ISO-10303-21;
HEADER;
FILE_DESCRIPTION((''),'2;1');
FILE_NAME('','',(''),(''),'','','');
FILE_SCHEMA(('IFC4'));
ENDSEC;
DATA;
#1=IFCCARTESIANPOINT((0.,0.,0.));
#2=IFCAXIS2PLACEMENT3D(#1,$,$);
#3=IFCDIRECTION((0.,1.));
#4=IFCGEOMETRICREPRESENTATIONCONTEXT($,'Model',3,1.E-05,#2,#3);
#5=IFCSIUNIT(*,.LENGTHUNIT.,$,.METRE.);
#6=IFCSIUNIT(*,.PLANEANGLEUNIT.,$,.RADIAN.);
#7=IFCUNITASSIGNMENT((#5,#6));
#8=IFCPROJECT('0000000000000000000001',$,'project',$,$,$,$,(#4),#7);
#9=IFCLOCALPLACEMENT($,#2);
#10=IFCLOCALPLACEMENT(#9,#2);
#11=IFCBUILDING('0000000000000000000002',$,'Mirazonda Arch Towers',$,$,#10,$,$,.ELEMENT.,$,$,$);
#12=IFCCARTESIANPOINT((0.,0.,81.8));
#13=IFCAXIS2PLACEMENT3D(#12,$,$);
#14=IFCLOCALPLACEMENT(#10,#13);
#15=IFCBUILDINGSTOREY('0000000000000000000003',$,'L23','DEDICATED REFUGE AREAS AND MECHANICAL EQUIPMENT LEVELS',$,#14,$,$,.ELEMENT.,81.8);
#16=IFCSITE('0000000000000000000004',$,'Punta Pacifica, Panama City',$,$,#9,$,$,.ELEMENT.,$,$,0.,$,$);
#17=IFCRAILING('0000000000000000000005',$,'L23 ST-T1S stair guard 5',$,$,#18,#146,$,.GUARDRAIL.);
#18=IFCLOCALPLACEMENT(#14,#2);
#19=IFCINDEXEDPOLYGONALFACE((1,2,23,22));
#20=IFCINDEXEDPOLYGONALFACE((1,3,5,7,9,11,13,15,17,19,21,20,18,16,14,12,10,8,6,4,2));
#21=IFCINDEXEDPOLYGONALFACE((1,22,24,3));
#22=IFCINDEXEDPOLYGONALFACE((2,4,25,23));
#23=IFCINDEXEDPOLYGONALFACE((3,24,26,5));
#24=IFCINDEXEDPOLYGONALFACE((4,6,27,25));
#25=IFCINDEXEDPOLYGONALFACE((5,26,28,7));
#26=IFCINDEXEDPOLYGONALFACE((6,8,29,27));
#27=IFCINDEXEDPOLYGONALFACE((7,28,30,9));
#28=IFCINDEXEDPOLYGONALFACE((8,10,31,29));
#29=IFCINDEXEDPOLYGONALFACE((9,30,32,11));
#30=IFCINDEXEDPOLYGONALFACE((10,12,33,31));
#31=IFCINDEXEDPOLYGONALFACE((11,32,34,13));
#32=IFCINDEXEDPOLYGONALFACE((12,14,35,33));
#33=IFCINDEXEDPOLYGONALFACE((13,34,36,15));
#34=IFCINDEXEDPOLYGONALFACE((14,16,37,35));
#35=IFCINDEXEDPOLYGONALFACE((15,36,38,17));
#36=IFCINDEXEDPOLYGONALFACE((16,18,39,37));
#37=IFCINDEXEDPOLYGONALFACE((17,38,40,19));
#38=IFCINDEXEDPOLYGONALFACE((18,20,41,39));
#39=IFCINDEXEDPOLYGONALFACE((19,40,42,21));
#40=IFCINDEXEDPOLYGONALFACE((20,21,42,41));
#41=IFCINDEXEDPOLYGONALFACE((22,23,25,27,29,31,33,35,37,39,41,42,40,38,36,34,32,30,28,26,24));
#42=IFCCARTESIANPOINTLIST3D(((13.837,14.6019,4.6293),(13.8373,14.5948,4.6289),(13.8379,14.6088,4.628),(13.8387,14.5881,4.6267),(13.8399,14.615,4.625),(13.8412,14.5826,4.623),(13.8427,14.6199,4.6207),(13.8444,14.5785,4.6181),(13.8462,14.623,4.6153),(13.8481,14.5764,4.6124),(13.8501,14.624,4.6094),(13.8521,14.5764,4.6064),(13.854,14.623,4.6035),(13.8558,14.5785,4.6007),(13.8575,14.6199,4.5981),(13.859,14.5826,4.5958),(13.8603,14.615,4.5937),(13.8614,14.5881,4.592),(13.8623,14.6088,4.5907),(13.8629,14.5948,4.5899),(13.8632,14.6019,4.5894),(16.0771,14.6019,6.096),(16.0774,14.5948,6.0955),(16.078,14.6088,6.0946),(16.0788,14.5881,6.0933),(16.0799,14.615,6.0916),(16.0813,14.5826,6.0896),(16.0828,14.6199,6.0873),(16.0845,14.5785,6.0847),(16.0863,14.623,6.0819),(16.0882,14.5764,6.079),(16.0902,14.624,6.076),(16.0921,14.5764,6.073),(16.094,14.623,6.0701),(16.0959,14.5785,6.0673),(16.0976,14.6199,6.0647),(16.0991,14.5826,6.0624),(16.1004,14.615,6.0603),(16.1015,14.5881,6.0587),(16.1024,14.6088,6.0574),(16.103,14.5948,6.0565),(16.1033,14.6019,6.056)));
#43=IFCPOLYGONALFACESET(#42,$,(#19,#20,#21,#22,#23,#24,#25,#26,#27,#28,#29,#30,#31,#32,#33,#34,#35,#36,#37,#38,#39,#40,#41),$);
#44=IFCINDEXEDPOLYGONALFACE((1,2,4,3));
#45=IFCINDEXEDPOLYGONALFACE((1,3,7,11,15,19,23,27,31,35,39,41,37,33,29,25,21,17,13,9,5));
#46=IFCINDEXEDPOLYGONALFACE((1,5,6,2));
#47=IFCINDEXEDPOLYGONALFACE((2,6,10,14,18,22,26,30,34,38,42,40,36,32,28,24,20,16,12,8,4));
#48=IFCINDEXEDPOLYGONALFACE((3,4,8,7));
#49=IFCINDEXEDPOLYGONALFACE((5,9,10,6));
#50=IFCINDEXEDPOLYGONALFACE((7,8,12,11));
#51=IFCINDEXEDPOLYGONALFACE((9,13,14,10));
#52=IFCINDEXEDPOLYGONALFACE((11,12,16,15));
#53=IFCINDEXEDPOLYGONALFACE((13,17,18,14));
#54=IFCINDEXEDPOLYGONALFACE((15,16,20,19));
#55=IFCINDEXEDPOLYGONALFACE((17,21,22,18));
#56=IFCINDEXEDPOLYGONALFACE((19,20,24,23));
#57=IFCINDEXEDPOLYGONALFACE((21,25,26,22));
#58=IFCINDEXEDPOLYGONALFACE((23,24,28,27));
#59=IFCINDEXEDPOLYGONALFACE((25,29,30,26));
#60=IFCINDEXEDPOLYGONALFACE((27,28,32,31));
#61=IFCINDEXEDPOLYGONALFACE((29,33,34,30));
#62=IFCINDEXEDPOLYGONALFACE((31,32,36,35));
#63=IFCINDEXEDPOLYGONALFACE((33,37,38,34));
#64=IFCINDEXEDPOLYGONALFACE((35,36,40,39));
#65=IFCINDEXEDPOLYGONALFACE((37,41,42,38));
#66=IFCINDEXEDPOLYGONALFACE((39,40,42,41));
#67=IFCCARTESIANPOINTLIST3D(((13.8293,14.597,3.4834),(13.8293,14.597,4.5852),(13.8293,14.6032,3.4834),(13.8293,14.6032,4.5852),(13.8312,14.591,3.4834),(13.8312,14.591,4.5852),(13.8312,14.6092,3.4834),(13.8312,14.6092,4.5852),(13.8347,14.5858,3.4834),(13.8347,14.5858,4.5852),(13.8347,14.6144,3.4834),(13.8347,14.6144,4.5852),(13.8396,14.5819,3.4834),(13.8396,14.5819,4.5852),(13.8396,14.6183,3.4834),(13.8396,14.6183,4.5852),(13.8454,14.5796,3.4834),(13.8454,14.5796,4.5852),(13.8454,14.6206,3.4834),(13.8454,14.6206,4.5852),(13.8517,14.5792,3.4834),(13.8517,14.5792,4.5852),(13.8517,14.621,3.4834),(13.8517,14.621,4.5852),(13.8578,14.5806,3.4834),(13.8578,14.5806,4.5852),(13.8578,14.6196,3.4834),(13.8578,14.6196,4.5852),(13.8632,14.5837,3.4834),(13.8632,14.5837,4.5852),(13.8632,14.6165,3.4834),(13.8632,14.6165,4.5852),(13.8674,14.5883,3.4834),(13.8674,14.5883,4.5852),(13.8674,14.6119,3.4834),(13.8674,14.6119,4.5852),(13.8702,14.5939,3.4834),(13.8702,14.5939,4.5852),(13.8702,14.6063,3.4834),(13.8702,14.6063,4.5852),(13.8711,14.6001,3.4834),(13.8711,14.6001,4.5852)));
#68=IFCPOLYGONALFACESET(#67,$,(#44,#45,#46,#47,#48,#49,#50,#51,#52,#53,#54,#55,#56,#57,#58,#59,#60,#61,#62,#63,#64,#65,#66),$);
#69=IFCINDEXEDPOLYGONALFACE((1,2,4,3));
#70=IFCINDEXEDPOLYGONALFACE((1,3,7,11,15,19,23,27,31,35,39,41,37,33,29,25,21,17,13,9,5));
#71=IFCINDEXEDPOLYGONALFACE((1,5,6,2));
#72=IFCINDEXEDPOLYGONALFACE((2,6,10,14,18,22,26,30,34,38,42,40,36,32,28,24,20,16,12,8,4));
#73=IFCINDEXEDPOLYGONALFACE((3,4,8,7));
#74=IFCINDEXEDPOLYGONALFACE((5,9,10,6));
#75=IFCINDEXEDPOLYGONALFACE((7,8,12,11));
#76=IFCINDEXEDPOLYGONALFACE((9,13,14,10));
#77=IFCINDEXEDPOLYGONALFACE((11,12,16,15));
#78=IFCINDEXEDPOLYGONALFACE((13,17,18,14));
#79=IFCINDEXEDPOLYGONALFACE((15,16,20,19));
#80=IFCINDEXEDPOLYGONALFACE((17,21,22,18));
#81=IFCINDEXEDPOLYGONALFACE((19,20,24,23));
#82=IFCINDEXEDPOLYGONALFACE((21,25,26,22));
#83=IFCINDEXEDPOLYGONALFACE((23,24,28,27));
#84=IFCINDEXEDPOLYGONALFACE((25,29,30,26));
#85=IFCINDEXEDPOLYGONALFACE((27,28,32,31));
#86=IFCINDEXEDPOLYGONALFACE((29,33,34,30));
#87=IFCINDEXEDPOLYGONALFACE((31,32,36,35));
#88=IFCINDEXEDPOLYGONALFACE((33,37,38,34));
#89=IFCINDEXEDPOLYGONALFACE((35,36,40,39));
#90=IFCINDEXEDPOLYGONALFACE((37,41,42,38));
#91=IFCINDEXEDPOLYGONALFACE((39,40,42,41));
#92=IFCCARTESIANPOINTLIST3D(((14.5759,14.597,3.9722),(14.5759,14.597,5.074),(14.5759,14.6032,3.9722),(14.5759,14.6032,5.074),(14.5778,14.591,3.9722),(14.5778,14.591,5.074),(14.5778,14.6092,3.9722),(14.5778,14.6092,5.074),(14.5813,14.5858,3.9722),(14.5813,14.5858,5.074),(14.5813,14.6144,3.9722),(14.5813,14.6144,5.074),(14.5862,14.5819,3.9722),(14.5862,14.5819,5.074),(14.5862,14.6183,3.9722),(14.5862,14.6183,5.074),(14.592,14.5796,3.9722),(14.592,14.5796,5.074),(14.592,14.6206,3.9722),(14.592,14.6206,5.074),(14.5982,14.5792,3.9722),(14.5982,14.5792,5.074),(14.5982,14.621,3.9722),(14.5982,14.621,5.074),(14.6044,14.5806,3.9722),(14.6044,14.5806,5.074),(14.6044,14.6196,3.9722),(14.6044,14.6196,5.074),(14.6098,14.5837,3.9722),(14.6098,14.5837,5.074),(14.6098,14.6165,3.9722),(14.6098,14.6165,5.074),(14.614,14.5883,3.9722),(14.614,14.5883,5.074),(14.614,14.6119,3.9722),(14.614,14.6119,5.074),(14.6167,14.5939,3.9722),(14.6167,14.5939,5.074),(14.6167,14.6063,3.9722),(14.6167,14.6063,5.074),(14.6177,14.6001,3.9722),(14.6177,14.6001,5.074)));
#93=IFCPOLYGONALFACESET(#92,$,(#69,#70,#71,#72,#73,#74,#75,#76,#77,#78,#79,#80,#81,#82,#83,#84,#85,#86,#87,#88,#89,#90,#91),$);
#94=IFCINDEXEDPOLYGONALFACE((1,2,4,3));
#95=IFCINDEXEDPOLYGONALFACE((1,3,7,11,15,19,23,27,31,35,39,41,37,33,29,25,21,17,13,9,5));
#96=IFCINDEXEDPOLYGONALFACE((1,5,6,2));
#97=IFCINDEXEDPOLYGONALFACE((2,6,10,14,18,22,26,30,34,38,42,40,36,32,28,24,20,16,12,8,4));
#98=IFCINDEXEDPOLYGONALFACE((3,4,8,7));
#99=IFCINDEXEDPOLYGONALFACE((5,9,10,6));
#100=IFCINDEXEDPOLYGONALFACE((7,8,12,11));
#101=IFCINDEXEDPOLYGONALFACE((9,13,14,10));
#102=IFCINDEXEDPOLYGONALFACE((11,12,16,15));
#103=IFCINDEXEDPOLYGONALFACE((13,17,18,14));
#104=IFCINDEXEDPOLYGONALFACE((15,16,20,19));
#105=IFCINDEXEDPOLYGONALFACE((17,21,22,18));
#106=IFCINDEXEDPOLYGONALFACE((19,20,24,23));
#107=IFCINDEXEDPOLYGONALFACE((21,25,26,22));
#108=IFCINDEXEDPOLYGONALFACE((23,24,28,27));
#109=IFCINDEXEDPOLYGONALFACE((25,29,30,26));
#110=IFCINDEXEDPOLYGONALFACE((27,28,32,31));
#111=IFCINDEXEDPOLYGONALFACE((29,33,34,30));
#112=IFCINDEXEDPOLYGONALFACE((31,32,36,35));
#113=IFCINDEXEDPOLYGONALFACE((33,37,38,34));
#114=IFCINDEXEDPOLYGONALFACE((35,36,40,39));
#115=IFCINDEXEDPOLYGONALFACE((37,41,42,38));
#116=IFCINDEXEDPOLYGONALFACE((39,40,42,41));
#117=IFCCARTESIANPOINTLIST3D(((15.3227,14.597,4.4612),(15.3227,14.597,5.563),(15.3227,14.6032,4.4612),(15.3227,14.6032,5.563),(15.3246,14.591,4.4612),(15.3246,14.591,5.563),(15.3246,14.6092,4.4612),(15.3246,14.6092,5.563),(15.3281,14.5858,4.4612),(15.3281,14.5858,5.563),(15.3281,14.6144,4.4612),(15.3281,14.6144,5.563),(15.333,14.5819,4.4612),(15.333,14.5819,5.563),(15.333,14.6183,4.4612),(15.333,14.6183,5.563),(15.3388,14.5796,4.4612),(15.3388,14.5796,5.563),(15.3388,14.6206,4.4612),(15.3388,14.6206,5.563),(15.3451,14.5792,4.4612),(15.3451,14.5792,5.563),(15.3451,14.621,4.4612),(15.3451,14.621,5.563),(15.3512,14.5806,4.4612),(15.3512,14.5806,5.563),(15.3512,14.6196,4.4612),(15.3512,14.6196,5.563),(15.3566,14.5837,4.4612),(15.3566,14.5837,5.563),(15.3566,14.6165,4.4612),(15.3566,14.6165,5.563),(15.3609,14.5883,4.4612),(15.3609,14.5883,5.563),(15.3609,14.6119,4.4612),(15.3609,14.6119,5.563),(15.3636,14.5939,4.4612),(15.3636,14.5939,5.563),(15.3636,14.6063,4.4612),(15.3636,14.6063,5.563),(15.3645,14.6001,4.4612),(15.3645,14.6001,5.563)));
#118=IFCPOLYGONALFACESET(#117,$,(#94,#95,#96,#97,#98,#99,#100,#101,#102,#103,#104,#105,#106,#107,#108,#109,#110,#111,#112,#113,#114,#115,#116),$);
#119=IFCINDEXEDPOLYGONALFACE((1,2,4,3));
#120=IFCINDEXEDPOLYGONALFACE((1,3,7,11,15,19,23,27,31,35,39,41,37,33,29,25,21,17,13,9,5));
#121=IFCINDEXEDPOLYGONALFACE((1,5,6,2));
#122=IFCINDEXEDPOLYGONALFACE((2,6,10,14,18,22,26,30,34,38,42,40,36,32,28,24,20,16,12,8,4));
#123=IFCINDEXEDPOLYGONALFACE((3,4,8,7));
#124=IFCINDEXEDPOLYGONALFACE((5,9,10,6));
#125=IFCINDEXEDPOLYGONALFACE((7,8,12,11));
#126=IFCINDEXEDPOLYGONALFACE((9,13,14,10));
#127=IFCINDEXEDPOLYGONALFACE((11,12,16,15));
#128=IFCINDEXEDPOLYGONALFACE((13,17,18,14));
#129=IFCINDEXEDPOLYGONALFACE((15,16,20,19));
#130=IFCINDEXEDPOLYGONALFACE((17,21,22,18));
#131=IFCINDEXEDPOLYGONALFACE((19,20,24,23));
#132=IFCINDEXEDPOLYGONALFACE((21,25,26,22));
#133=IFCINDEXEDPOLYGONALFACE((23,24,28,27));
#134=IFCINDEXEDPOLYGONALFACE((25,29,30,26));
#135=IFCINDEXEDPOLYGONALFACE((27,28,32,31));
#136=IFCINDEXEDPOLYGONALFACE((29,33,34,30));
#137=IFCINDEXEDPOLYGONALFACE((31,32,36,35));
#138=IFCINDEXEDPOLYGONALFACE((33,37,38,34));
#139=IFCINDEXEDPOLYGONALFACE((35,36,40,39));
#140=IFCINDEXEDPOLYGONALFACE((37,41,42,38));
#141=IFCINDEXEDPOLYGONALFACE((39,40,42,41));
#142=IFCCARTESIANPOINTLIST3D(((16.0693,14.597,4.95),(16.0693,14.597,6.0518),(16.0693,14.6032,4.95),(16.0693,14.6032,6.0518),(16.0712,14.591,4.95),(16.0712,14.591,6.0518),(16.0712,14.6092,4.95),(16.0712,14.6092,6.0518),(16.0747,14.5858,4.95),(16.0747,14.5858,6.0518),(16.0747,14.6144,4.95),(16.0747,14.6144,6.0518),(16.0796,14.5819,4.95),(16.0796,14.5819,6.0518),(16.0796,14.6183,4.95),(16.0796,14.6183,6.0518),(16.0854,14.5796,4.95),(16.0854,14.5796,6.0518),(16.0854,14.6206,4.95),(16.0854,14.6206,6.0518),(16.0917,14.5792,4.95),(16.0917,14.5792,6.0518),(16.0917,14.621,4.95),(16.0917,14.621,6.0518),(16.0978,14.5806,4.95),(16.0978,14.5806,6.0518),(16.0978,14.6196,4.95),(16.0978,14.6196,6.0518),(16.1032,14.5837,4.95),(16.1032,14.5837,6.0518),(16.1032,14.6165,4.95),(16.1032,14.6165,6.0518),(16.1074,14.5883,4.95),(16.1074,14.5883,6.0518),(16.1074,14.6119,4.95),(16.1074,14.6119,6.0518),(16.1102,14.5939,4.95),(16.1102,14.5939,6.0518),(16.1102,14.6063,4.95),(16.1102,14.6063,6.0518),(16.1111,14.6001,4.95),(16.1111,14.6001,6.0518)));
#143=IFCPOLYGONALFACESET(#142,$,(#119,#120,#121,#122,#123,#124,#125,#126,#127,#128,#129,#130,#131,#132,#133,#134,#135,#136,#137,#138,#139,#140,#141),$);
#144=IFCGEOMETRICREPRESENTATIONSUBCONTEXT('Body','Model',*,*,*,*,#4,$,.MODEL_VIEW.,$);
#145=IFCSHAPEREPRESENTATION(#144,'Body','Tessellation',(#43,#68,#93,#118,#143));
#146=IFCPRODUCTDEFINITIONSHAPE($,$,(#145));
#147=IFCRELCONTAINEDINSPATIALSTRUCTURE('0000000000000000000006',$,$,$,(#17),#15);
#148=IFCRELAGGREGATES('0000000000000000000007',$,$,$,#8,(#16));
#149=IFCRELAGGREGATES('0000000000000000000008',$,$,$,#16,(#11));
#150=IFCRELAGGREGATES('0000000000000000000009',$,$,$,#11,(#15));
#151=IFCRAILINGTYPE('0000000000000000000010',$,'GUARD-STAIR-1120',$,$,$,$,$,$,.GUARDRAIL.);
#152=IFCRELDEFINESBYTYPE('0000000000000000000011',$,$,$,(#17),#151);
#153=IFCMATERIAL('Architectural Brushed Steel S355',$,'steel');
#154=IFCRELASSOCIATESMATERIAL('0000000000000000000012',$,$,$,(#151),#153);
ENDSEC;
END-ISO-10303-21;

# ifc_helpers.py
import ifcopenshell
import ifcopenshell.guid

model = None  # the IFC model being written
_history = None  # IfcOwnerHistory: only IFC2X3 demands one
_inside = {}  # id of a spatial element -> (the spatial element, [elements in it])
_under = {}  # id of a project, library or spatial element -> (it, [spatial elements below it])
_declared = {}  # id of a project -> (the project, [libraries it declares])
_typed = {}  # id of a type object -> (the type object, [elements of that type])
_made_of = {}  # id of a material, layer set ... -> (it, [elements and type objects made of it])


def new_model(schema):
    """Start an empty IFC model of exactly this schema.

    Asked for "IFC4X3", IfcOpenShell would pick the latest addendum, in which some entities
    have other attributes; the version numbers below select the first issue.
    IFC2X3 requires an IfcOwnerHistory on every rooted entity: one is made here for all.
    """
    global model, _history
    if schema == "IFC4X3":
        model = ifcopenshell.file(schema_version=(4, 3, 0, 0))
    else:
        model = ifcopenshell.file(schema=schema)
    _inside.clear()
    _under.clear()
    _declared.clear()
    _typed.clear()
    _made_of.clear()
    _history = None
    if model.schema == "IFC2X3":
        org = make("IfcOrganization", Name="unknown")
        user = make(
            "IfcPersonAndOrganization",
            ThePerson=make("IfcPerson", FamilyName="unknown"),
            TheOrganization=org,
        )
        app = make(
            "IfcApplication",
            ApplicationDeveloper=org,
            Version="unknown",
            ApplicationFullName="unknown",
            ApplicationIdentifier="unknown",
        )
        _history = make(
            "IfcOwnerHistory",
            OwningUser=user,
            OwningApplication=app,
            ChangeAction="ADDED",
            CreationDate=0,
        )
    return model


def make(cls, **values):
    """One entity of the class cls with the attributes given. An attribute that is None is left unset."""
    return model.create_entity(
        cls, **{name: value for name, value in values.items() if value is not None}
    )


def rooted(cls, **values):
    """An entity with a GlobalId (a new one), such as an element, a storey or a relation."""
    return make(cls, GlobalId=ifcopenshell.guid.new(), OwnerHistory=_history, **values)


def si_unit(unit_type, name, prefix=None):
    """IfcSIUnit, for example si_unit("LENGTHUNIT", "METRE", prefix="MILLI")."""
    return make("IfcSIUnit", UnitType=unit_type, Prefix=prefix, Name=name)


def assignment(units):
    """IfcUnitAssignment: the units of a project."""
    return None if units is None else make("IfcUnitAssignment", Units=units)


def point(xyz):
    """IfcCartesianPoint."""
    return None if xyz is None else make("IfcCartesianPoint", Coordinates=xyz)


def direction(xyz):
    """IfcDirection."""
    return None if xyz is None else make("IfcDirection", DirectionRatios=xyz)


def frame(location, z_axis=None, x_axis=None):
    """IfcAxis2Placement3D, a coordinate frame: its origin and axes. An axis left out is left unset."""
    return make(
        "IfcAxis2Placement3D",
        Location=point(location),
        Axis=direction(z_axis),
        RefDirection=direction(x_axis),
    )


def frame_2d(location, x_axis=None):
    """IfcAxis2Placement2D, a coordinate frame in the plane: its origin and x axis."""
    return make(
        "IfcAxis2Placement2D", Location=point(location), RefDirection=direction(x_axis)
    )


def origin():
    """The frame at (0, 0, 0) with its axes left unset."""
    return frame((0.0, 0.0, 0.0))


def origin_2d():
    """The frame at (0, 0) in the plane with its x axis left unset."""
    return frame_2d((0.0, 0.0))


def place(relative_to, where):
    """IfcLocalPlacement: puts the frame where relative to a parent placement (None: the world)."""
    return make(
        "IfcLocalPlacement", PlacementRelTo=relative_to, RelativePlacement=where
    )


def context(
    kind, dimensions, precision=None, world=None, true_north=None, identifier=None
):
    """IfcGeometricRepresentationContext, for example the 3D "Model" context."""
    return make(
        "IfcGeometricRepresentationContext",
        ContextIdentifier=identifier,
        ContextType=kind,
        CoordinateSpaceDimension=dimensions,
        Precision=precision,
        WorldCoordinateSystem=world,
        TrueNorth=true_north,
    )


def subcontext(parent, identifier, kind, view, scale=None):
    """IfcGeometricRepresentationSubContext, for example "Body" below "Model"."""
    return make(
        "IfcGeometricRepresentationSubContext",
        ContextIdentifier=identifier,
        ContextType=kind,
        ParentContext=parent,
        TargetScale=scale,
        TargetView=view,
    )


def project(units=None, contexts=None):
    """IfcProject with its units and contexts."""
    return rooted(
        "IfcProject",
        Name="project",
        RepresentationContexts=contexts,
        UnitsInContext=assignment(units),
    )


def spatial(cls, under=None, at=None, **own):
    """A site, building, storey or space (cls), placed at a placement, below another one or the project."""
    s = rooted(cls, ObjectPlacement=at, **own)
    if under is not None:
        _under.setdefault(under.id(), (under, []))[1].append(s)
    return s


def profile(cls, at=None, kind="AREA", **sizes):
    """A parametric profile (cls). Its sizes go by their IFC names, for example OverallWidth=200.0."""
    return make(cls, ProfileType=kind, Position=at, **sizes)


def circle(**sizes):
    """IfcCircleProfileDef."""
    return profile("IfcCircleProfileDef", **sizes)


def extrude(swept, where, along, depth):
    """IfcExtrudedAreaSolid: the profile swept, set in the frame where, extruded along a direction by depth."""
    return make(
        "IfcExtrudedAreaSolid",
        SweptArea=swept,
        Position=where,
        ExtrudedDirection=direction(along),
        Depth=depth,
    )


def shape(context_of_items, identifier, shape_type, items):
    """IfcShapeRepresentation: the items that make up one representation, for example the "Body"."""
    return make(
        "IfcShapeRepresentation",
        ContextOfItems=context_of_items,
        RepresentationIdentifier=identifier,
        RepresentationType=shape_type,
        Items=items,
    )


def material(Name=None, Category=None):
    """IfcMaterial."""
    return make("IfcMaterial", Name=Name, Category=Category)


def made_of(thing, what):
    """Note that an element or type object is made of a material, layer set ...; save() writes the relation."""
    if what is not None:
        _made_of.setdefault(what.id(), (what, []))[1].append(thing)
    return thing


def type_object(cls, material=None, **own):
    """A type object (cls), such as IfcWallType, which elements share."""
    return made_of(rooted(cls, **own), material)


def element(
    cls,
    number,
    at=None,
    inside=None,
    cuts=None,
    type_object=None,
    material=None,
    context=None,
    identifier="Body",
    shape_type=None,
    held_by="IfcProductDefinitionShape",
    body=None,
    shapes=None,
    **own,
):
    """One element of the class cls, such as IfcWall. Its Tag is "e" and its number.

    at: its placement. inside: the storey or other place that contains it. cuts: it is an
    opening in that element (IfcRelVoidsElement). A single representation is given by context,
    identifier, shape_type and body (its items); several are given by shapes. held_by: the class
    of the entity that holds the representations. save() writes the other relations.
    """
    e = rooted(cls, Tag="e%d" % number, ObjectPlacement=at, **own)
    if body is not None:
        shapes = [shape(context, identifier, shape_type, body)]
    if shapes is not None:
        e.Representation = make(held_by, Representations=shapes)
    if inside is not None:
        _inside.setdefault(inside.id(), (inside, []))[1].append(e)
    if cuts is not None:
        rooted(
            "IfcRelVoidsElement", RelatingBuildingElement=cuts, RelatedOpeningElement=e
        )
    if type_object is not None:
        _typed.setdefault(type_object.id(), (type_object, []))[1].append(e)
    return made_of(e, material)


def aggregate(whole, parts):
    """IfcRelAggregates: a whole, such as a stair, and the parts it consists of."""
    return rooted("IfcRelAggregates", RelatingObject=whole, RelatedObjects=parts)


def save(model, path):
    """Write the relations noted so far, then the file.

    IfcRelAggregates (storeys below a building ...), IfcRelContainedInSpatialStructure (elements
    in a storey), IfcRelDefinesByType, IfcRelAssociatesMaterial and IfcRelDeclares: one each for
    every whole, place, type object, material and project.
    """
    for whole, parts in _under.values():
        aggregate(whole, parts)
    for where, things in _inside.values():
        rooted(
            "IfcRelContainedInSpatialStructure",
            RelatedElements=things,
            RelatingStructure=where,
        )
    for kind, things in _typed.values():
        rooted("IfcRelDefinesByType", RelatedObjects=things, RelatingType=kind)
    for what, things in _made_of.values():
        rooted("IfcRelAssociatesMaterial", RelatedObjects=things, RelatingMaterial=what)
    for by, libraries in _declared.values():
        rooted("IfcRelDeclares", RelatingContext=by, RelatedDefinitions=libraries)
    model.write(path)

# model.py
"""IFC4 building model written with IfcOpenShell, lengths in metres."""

from ifc_helpers import new_model, si_unit, direction, frame, origin, origin_2d, place, context, subcontext, project, spatial, circle, extrude, material, type_object, element, save


model = new_model("IFC4")

# Units and contexts
model_context = context("Model", 3, precision=1e-05, world=origin(), true_north=direction((0.0, 1.0)))
body_context = subcontext(model_context, "Body", "Model", "MODEL_VIEW")
ifc_project = project(units=[si_unit("LENGTHUNIT", "METRE"), si_unit("PLANEANGLEUNIT", "RADIAN")], contexts=[model_context])

# Site, building, storey
site_placement = place(None, origin())
site = spatial("IfcSite", under=ifc_project, at=site_placement, Name="Punta Pacifica, Panama City", CompositionType="ELEMENT", RefElevation=0.0)
building_placement = place(site_placement, origin())
building = spatial("IfcBuilding", under=site, at=building_placement, Name="Mirazonda Arch Towers", CompositionType="ELEMENT")
storey_placement = place(building_placement, frame((0.0, 0.0, 81.8)))
storey = spatial("IfcBuildingStorey", under=building, at=storey_placement, Name="L23", Description="DEDICATED REFUGE AREAS AND MECHANICAL EQUIPMENT LEVELS", CompositionType="ELEMENT", Elevation=81.8)

# Shared definitions
ifc_material_1 = material(Name="Architectural Brushed Steel S355", Category="steel")

# Railing
railing_type_1 = type_object("IfcRailingType", Name="GUARD-STAIR-1120", PredefinedType="GUARDRAIL", material=ifc_material_1)
railing_1_placement = place(storey_placement, frame((13.8501, 14.6001, 3.4834)))
element("IfcRailing", 1, at=railing_1_placement, inside=storey, type_object=railing_type_1, Name="L23 ST-T1S stair guard 5", PredefinedType="GUARDRAIL", context=body_context, shape_type="SweptSolid", body=[
    extrude(circle(Radius=0.0239, at=origin_2d()), frame((0.0, 0.0, 1.126), z_axis=(0.836637, 0.0, 0.547758), x_axis=(0.0, 1.0, 0.0)), (0.0, 0.0, 1.0), 2.6775),
    extrude(circle(Radius=0.021, at=origin_2d()), origin(), (0.0, 0.0, 1.0), 1.1018),
    extrude(circle(Radius=0.021, at=origin_2d()), frame((0.7466, 0.0, 0.4888)), (0.0, 0.0, 1.0), 1.1018),
    extrude(circle(Radius=0.021, at=origin_2d()), frame((1.4934, 0.0, 0.9778)), (0.0, 0.0, 1.0), 1.1018),
    extrude(circle(Radius=0.021, at=origin_2d()), frame((2.24, 0.0, 1.4666)), (0.0, 0.0, 1.0), 1.1018),
])

save(model, "model.ifc")
